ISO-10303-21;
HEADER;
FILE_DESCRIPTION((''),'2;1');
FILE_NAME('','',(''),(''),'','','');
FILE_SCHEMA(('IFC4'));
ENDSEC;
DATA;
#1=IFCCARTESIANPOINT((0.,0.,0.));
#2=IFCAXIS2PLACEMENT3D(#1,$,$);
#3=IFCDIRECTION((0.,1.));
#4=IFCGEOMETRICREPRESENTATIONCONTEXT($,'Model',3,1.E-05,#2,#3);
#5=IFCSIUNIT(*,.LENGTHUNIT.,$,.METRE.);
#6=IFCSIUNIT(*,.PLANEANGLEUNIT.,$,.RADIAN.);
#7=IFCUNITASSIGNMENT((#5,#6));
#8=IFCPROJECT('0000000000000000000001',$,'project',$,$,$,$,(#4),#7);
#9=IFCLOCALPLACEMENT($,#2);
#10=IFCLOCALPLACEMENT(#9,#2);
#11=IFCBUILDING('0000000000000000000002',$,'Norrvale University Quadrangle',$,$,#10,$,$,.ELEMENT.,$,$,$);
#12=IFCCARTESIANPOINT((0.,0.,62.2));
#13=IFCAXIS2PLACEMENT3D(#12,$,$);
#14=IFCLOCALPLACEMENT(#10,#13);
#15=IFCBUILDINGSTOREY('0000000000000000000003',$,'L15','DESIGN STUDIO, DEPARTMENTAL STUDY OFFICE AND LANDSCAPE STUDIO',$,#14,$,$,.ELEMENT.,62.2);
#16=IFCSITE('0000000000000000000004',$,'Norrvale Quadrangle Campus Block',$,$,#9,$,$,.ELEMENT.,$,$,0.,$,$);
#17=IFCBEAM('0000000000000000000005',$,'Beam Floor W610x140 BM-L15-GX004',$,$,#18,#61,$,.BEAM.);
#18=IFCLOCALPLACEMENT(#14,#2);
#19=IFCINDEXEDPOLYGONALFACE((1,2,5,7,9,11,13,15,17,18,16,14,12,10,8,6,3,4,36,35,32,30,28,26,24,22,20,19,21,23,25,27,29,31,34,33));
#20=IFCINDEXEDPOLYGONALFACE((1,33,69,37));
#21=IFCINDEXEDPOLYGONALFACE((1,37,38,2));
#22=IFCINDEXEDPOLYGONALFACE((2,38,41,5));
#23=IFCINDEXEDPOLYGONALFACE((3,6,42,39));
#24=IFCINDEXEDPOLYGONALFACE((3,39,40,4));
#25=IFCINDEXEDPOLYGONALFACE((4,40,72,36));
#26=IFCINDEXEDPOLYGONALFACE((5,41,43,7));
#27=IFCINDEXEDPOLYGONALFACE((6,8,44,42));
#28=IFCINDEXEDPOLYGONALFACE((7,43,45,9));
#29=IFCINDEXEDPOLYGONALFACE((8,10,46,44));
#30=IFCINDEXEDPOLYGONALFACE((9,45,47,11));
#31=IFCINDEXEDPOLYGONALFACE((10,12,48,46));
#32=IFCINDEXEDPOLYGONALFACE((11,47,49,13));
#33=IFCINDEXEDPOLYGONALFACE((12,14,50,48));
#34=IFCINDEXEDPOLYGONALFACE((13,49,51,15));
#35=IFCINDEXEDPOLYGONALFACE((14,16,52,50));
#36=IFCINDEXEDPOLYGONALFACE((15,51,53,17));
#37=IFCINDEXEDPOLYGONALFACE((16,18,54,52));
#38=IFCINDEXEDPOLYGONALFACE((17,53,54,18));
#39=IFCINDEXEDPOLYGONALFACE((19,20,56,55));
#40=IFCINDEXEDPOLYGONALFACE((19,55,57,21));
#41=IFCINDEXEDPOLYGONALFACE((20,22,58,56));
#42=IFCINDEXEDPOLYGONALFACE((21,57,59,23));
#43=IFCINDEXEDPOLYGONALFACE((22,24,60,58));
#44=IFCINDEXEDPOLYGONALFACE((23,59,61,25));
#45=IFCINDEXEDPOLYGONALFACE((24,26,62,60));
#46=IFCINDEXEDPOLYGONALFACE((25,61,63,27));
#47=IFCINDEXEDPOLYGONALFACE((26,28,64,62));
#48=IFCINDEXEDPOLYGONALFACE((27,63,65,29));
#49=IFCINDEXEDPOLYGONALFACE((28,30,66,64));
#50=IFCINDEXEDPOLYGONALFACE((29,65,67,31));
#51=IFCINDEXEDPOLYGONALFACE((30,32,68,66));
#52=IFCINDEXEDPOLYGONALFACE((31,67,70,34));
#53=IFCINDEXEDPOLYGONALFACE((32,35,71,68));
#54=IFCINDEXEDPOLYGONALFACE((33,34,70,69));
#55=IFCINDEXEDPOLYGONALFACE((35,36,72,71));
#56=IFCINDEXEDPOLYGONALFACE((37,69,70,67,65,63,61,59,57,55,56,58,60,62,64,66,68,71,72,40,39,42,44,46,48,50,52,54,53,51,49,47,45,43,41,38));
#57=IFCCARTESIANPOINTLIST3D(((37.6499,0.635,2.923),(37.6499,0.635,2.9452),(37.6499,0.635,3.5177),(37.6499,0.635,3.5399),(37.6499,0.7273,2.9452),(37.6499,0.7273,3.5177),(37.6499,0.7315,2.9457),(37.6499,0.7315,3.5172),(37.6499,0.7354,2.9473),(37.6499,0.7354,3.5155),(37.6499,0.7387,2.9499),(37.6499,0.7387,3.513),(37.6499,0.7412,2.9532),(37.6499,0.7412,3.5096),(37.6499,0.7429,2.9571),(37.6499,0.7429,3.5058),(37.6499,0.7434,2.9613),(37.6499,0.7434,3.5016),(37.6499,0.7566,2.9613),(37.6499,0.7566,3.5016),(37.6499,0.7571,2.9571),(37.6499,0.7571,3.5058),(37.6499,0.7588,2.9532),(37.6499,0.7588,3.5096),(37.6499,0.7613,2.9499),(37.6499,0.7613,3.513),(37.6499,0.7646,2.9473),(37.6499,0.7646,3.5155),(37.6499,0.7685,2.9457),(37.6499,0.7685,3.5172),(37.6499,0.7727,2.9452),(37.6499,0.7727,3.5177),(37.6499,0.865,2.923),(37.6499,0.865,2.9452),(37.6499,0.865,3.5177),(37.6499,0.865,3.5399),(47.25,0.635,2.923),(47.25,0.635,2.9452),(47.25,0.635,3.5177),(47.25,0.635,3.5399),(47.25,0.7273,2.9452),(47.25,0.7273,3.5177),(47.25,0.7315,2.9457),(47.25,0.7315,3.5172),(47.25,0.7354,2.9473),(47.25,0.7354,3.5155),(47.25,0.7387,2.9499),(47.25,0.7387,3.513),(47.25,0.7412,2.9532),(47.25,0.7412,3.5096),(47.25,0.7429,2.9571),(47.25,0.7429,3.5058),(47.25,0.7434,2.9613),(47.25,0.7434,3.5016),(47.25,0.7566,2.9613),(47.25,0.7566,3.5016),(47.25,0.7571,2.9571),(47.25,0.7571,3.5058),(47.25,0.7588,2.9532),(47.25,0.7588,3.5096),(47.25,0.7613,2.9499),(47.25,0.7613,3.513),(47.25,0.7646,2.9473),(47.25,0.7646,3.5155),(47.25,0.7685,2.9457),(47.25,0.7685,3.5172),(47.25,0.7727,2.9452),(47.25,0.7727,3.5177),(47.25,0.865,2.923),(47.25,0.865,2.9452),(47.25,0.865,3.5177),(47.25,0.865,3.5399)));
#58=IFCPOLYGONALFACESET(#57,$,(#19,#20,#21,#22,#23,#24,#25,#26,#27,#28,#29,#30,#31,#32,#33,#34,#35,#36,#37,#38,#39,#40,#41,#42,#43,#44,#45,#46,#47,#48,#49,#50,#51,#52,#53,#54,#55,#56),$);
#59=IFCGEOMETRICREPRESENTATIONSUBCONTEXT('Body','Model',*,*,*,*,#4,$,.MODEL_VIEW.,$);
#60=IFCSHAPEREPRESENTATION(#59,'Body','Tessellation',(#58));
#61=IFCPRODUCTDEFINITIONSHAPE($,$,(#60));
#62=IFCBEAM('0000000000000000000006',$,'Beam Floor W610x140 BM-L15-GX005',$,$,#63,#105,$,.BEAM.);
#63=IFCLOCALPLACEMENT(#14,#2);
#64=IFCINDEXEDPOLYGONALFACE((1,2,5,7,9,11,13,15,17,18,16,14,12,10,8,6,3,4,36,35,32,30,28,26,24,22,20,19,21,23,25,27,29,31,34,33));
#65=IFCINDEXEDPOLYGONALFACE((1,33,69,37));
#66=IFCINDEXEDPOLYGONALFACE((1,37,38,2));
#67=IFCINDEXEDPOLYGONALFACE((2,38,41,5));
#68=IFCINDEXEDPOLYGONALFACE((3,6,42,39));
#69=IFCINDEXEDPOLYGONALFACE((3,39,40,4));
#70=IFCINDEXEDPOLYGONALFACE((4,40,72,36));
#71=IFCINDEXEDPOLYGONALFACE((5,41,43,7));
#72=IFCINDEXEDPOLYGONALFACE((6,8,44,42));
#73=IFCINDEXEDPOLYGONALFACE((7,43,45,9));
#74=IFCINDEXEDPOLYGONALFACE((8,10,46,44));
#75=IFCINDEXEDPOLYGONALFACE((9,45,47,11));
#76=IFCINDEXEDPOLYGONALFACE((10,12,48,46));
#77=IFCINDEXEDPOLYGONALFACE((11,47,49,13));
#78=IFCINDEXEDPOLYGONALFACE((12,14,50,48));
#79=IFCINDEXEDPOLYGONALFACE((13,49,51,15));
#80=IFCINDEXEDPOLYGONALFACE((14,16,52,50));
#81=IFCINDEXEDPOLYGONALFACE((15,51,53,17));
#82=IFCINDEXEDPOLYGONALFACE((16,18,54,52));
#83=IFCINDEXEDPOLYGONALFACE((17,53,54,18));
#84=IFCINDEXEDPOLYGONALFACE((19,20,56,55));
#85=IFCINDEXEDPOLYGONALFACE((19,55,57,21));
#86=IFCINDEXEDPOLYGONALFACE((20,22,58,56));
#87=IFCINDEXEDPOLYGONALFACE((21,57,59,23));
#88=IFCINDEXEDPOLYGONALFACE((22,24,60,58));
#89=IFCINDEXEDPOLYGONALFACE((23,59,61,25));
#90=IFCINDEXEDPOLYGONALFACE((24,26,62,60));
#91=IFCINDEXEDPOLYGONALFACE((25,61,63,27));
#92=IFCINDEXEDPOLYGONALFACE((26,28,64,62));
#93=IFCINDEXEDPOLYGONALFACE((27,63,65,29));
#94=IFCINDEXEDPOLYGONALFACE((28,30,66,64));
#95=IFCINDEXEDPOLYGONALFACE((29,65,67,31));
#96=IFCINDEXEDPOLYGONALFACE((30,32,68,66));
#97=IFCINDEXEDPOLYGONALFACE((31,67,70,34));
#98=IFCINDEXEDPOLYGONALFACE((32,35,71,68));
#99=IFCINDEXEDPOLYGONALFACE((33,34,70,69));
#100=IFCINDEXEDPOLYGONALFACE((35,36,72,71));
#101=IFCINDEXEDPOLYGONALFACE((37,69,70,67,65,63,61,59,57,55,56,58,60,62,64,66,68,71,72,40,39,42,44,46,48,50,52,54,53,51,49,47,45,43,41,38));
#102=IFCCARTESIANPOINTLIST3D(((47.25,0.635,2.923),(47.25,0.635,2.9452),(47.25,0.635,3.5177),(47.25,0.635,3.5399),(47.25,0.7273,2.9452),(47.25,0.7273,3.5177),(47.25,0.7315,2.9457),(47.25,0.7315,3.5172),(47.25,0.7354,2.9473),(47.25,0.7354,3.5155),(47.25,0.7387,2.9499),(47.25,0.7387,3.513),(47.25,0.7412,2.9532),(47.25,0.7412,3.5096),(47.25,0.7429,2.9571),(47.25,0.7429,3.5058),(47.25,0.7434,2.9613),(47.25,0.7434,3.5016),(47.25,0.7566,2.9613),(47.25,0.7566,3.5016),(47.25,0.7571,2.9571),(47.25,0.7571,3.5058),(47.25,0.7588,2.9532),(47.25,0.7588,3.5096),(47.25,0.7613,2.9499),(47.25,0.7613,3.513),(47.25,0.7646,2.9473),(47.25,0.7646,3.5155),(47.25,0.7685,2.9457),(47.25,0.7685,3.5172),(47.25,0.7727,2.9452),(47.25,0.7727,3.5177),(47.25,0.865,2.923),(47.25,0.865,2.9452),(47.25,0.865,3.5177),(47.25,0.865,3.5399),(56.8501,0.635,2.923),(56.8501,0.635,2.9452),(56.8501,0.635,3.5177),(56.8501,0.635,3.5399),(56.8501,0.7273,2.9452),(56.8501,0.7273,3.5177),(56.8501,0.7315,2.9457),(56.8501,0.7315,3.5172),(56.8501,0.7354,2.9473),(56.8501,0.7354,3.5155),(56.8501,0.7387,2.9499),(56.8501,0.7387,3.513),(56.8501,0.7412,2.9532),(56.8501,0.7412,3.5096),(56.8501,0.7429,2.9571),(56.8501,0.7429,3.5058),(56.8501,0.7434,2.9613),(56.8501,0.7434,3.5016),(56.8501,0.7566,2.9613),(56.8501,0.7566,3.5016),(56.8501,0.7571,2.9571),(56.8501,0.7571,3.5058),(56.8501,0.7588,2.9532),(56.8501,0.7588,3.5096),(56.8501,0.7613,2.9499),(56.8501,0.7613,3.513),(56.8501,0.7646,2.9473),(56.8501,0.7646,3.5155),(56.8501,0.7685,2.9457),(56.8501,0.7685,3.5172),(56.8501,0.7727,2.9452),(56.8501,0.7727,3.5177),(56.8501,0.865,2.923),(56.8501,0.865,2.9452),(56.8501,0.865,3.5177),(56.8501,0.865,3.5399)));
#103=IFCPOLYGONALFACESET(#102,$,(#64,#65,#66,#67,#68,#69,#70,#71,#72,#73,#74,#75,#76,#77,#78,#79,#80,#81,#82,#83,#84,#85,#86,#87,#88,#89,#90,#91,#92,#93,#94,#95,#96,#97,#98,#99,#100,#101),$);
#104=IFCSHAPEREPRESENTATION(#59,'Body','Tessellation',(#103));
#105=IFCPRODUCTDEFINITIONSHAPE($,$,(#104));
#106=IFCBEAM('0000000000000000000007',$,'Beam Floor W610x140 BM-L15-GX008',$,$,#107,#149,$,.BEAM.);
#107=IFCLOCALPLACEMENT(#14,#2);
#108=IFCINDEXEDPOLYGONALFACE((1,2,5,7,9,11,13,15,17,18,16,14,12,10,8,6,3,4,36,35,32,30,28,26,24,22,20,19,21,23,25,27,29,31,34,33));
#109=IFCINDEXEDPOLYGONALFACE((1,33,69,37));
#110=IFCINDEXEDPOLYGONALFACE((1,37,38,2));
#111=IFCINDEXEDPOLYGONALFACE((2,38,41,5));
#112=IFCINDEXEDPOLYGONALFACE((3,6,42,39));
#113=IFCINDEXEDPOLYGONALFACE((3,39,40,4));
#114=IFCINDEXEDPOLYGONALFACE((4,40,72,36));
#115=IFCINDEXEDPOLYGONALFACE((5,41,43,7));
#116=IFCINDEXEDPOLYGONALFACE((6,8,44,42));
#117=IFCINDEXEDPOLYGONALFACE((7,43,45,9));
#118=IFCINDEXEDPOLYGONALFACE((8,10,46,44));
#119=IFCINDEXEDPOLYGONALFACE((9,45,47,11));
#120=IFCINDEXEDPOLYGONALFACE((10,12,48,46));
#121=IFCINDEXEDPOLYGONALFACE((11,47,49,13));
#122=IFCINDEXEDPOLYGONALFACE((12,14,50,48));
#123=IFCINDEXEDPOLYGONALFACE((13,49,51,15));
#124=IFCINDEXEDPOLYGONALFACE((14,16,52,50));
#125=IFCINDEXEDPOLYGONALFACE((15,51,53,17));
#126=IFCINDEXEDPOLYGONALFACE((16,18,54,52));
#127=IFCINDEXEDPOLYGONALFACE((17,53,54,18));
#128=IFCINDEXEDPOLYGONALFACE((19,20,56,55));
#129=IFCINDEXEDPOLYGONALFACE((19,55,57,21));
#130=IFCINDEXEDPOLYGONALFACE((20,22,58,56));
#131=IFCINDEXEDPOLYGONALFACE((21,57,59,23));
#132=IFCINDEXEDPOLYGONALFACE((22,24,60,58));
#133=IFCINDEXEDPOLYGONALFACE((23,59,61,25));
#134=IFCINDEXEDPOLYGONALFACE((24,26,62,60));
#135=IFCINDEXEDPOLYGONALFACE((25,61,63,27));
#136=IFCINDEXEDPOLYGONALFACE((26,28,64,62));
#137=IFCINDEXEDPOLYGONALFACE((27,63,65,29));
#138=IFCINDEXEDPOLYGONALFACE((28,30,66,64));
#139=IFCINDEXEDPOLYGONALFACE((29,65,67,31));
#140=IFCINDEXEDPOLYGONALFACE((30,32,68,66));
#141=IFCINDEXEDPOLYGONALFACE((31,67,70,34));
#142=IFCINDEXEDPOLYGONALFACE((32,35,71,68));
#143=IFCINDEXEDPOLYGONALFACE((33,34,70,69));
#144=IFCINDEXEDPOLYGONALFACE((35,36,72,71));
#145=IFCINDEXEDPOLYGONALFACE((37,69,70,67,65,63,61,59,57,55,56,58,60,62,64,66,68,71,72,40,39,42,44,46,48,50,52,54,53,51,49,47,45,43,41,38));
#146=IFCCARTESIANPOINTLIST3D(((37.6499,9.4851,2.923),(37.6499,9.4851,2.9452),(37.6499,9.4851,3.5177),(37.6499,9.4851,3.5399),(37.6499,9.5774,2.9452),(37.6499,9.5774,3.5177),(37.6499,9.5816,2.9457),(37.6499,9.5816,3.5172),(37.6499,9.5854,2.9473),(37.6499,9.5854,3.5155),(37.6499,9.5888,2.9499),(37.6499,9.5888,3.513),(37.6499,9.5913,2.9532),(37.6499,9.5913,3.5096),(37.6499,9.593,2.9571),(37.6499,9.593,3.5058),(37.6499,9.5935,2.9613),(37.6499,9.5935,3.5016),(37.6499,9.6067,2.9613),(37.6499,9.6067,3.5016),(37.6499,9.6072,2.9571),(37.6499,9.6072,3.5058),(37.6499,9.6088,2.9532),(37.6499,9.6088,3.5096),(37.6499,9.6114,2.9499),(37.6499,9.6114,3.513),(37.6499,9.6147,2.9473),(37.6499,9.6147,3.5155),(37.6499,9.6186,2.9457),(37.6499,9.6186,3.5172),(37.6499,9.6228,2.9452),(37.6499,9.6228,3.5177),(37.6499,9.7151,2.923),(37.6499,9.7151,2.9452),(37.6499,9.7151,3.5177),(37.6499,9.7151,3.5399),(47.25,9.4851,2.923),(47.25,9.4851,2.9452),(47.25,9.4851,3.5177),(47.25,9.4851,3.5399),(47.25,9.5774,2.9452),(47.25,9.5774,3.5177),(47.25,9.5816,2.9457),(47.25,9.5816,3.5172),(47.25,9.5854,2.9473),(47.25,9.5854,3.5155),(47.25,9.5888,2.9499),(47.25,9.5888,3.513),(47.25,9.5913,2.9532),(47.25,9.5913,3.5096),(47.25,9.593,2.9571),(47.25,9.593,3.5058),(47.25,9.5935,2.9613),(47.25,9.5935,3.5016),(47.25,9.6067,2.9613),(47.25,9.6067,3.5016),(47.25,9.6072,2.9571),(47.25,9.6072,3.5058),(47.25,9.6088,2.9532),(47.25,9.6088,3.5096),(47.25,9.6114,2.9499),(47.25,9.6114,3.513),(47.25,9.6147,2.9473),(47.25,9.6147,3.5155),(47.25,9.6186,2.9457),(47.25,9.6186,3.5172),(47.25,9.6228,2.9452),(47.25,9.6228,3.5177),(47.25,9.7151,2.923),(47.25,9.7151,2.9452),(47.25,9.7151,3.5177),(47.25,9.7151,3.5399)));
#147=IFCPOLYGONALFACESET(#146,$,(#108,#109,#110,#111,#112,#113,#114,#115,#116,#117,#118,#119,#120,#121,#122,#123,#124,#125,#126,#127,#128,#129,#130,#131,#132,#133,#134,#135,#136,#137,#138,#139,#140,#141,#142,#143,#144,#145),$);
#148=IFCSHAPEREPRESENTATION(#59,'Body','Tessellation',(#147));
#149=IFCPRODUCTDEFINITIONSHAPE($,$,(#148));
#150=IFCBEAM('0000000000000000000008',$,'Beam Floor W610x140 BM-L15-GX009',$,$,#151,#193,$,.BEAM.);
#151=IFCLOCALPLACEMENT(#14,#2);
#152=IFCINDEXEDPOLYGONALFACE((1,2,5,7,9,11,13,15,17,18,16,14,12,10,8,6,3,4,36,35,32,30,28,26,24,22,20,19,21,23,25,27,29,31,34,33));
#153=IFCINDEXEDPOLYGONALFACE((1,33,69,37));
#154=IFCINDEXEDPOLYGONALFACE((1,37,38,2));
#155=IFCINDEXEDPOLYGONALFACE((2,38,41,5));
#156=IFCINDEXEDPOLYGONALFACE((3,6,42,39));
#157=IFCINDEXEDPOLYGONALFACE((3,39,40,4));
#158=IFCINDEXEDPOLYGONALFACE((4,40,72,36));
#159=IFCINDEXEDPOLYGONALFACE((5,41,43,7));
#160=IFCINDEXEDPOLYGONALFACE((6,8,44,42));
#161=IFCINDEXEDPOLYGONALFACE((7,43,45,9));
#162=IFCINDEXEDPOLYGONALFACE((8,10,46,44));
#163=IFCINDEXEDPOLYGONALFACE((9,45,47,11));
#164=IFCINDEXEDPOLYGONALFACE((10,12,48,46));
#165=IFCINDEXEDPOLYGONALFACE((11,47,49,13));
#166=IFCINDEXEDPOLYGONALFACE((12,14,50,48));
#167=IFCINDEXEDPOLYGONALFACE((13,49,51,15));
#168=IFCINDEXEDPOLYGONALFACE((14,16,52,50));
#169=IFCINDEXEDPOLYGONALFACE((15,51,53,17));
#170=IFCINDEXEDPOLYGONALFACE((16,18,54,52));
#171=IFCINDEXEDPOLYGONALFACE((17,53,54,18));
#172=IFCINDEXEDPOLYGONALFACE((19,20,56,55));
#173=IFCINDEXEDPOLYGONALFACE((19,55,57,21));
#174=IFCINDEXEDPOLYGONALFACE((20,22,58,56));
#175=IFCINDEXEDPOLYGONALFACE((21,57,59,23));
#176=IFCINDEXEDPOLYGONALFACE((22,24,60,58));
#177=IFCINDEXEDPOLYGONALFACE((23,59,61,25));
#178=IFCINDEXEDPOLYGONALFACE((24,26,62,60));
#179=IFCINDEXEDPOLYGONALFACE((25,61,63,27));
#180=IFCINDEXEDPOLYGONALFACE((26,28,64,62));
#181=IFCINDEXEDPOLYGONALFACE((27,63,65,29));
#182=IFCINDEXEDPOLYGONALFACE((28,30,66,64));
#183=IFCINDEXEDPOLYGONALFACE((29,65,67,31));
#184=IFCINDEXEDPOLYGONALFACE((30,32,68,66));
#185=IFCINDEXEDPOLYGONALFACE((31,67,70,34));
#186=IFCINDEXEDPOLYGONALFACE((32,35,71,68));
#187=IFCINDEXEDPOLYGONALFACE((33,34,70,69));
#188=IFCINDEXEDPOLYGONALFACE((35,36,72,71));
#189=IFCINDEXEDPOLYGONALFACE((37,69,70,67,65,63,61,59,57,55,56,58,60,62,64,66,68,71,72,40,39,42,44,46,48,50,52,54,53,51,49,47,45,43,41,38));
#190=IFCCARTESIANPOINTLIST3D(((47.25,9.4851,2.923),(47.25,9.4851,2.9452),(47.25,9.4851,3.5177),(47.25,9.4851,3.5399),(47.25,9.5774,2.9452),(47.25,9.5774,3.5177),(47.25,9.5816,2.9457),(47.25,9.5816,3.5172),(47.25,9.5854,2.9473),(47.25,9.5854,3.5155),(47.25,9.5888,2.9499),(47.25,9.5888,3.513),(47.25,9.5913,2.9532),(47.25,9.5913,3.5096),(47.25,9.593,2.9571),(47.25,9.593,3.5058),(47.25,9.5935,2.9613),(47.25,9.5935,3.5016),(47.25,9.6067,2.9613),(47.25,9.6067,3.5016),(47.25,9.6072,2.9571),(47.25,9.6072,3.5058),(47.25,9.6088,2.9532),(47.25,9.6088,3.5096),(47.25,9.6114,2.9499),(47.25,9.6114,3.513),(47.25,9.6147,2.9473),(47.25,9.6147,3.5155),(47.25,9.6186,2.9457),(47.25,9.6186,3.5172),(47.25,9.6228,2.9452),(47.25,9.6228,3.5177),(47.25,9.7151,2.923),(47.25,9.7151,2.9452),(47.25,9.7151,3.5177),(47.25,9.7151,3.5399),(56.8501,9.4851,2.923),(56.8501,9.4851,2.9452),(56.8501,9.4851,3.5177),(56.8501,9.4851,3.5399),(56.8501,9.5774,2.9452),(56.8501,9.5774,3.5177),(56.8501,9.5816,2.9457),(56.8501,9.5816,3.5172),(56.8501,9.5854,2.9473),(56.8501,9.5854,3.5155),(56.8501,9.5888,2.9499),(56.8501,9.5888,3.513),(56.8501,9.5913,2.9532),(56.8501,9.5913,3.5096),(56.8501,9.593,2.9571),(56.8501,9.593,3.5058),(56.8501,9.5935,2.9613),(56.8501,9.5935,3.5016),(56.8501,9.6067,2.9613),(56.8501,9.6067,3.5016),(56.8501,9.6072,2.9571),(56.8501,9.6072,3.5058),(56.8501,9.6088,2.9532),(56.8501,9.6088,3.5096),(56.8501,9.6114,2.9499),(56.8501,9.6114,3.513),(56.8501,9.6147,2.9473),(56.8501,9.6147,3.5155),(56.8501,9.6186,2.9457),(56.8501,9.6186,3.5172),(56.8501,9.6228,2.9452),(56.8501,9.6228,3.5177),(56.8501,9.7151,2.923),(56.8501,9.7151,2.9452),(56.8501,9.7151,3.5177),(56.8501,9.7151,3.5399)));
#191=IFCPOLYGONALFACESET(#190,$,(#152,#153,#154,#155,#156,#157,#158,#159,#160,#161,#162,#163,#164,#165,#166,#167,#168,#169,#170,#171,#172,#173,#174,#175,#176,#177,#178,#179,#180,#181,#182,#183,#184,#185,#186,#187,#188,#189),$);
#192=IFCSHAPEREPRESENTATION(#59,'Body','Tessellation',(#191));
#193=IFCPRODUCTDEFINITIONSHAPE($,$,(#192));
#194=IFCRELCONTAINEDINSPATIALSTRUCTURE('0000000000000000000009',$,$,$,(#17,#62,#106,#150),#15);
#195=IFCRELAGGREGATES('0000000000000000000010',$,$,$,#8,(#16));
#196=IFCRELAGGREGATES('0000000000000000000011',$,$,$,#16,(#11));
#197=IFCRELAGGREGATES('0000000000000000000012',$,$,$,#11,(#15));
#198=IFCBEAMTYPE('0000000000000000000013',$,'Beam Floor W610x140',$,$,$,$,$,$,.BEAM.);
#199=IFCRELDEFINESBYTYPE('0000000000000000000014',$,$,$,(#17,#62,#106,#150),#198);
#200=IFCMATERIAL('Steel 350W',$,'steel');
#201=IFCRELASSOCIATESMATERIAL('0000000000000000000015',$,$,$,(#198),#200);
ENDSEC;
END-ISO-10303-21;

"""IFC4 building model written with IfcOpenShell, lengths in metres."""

from ifc_helpers import new_model, si_unit, direction, frame, origin, origin_2d, place, context, subcontext, project, spatial, i_section, extrude, material, material_profile, profile_set, type_object, element, save


model = new_model("IFC4")

# Units and contexts
model_context = context("Model", 3, precision=1e-05, world=origin(), true_north=direction((0.0, 1.0)))
body_context = subcontext(model_context, "Body", "Model", "MODEL_VIEW")
ifc_project = project(units=[si_unit("LENGTHUNIT", "METRE"), si_unit("PLANEANGLEUNIT", "RADIAN")], contexts=[model_context])

# Site, building, storey
site_placement = place(None, origin())
site = spatial("IfcSite", under=ifc_project, at=site_placement, Name="Norrvale Quadrangle Campus Block", CompositionType="ELEMENT", RefElevation=0.0)
building_placement = place(site_placement, origin())
building = spatial("IfcBuilding", under=site, at=building_placement, Name="Norrvale University Quadrangle", CompositionType="ELEMENT")
storey_placement = place(building_placement, frame((0.0, 0.0, 62.2)))
storey = spatial("IfcBuildingStorey", under=building, at=storey_placement, Name="L15", Description="DESIGN STUDIO, DEPARTMENTAL STUDY OFFICE AND LANDSCAPE STUDIO", CompositionType="ELEMENT", Elevation=62.2)

# Beams
ifc_material_1 = material(Name="Steel 350W", Category="steel")
ifc_material_profile_1 = material_profile(ifc_material_1, i_section(OverallWidth=0.23, OverallDepth=0.6169, WebThickness=0.0132, FlangeThickness=0.0222, FilletRadius=0.0161, at=origin_2d()), Name="Steel 350W")
ifc_profile_set_1 = profile_set([ifc_material_profile_1], Name="Steel 350W")
beam_type_1 = type_object("IfcBeamType", Name="Beam Floor W610x140", PredefinedType="BEAM", material=ifc_profile_set_1)
for number, where, z_axis, x_axis, name in (
    (1, (37.6499, 0.75, 3.2314), (1.0, 0.0, 0.0), (0.0, 1.0, 0.0), "Beam Floor W610x140 BM-L15-GX004"),
    (2, (47.25, 0.75, 3.2314), (1.0, 0.0, 0.0), (0.0, 1.0, 0.0), "Beam Floor W610x140 BM-L15-GX005"),
    (3, (37.6499, 9.6001, 3.2314), (1.0, 0.0, 0.0), (0.0, 1.0, 0.0), "Beam Floor W610x140 BM-L15-GX008"),
    (4, (47.25, 9.6001, 3.2314), (1.0, 0.0, 0.0), (0.0, 1.0, 0.0), "Beam Floor W610x140 BM-L15-GX009"),
):
    element("IfcBeam", number, at=place(storey_placement, frame(where, z_axis=z_axis, x_axis=x_axis)), inside=storey, type_object=beam_type_1, Name=name, PredefinedType="BEAM", context=body_context, shape_type="SweptSolid", body=[
        extrude(i_section(OverallWidth=0.23, OverallDepth=0.6169, WebThickness=0.0132, FlangeThickness=0.0222, FilletRadius=0.0161, at=origin_2d()), origin(), (0.0, 0.0, 1.0), 9.6001),
    ])

save(model, "model.ifc")
